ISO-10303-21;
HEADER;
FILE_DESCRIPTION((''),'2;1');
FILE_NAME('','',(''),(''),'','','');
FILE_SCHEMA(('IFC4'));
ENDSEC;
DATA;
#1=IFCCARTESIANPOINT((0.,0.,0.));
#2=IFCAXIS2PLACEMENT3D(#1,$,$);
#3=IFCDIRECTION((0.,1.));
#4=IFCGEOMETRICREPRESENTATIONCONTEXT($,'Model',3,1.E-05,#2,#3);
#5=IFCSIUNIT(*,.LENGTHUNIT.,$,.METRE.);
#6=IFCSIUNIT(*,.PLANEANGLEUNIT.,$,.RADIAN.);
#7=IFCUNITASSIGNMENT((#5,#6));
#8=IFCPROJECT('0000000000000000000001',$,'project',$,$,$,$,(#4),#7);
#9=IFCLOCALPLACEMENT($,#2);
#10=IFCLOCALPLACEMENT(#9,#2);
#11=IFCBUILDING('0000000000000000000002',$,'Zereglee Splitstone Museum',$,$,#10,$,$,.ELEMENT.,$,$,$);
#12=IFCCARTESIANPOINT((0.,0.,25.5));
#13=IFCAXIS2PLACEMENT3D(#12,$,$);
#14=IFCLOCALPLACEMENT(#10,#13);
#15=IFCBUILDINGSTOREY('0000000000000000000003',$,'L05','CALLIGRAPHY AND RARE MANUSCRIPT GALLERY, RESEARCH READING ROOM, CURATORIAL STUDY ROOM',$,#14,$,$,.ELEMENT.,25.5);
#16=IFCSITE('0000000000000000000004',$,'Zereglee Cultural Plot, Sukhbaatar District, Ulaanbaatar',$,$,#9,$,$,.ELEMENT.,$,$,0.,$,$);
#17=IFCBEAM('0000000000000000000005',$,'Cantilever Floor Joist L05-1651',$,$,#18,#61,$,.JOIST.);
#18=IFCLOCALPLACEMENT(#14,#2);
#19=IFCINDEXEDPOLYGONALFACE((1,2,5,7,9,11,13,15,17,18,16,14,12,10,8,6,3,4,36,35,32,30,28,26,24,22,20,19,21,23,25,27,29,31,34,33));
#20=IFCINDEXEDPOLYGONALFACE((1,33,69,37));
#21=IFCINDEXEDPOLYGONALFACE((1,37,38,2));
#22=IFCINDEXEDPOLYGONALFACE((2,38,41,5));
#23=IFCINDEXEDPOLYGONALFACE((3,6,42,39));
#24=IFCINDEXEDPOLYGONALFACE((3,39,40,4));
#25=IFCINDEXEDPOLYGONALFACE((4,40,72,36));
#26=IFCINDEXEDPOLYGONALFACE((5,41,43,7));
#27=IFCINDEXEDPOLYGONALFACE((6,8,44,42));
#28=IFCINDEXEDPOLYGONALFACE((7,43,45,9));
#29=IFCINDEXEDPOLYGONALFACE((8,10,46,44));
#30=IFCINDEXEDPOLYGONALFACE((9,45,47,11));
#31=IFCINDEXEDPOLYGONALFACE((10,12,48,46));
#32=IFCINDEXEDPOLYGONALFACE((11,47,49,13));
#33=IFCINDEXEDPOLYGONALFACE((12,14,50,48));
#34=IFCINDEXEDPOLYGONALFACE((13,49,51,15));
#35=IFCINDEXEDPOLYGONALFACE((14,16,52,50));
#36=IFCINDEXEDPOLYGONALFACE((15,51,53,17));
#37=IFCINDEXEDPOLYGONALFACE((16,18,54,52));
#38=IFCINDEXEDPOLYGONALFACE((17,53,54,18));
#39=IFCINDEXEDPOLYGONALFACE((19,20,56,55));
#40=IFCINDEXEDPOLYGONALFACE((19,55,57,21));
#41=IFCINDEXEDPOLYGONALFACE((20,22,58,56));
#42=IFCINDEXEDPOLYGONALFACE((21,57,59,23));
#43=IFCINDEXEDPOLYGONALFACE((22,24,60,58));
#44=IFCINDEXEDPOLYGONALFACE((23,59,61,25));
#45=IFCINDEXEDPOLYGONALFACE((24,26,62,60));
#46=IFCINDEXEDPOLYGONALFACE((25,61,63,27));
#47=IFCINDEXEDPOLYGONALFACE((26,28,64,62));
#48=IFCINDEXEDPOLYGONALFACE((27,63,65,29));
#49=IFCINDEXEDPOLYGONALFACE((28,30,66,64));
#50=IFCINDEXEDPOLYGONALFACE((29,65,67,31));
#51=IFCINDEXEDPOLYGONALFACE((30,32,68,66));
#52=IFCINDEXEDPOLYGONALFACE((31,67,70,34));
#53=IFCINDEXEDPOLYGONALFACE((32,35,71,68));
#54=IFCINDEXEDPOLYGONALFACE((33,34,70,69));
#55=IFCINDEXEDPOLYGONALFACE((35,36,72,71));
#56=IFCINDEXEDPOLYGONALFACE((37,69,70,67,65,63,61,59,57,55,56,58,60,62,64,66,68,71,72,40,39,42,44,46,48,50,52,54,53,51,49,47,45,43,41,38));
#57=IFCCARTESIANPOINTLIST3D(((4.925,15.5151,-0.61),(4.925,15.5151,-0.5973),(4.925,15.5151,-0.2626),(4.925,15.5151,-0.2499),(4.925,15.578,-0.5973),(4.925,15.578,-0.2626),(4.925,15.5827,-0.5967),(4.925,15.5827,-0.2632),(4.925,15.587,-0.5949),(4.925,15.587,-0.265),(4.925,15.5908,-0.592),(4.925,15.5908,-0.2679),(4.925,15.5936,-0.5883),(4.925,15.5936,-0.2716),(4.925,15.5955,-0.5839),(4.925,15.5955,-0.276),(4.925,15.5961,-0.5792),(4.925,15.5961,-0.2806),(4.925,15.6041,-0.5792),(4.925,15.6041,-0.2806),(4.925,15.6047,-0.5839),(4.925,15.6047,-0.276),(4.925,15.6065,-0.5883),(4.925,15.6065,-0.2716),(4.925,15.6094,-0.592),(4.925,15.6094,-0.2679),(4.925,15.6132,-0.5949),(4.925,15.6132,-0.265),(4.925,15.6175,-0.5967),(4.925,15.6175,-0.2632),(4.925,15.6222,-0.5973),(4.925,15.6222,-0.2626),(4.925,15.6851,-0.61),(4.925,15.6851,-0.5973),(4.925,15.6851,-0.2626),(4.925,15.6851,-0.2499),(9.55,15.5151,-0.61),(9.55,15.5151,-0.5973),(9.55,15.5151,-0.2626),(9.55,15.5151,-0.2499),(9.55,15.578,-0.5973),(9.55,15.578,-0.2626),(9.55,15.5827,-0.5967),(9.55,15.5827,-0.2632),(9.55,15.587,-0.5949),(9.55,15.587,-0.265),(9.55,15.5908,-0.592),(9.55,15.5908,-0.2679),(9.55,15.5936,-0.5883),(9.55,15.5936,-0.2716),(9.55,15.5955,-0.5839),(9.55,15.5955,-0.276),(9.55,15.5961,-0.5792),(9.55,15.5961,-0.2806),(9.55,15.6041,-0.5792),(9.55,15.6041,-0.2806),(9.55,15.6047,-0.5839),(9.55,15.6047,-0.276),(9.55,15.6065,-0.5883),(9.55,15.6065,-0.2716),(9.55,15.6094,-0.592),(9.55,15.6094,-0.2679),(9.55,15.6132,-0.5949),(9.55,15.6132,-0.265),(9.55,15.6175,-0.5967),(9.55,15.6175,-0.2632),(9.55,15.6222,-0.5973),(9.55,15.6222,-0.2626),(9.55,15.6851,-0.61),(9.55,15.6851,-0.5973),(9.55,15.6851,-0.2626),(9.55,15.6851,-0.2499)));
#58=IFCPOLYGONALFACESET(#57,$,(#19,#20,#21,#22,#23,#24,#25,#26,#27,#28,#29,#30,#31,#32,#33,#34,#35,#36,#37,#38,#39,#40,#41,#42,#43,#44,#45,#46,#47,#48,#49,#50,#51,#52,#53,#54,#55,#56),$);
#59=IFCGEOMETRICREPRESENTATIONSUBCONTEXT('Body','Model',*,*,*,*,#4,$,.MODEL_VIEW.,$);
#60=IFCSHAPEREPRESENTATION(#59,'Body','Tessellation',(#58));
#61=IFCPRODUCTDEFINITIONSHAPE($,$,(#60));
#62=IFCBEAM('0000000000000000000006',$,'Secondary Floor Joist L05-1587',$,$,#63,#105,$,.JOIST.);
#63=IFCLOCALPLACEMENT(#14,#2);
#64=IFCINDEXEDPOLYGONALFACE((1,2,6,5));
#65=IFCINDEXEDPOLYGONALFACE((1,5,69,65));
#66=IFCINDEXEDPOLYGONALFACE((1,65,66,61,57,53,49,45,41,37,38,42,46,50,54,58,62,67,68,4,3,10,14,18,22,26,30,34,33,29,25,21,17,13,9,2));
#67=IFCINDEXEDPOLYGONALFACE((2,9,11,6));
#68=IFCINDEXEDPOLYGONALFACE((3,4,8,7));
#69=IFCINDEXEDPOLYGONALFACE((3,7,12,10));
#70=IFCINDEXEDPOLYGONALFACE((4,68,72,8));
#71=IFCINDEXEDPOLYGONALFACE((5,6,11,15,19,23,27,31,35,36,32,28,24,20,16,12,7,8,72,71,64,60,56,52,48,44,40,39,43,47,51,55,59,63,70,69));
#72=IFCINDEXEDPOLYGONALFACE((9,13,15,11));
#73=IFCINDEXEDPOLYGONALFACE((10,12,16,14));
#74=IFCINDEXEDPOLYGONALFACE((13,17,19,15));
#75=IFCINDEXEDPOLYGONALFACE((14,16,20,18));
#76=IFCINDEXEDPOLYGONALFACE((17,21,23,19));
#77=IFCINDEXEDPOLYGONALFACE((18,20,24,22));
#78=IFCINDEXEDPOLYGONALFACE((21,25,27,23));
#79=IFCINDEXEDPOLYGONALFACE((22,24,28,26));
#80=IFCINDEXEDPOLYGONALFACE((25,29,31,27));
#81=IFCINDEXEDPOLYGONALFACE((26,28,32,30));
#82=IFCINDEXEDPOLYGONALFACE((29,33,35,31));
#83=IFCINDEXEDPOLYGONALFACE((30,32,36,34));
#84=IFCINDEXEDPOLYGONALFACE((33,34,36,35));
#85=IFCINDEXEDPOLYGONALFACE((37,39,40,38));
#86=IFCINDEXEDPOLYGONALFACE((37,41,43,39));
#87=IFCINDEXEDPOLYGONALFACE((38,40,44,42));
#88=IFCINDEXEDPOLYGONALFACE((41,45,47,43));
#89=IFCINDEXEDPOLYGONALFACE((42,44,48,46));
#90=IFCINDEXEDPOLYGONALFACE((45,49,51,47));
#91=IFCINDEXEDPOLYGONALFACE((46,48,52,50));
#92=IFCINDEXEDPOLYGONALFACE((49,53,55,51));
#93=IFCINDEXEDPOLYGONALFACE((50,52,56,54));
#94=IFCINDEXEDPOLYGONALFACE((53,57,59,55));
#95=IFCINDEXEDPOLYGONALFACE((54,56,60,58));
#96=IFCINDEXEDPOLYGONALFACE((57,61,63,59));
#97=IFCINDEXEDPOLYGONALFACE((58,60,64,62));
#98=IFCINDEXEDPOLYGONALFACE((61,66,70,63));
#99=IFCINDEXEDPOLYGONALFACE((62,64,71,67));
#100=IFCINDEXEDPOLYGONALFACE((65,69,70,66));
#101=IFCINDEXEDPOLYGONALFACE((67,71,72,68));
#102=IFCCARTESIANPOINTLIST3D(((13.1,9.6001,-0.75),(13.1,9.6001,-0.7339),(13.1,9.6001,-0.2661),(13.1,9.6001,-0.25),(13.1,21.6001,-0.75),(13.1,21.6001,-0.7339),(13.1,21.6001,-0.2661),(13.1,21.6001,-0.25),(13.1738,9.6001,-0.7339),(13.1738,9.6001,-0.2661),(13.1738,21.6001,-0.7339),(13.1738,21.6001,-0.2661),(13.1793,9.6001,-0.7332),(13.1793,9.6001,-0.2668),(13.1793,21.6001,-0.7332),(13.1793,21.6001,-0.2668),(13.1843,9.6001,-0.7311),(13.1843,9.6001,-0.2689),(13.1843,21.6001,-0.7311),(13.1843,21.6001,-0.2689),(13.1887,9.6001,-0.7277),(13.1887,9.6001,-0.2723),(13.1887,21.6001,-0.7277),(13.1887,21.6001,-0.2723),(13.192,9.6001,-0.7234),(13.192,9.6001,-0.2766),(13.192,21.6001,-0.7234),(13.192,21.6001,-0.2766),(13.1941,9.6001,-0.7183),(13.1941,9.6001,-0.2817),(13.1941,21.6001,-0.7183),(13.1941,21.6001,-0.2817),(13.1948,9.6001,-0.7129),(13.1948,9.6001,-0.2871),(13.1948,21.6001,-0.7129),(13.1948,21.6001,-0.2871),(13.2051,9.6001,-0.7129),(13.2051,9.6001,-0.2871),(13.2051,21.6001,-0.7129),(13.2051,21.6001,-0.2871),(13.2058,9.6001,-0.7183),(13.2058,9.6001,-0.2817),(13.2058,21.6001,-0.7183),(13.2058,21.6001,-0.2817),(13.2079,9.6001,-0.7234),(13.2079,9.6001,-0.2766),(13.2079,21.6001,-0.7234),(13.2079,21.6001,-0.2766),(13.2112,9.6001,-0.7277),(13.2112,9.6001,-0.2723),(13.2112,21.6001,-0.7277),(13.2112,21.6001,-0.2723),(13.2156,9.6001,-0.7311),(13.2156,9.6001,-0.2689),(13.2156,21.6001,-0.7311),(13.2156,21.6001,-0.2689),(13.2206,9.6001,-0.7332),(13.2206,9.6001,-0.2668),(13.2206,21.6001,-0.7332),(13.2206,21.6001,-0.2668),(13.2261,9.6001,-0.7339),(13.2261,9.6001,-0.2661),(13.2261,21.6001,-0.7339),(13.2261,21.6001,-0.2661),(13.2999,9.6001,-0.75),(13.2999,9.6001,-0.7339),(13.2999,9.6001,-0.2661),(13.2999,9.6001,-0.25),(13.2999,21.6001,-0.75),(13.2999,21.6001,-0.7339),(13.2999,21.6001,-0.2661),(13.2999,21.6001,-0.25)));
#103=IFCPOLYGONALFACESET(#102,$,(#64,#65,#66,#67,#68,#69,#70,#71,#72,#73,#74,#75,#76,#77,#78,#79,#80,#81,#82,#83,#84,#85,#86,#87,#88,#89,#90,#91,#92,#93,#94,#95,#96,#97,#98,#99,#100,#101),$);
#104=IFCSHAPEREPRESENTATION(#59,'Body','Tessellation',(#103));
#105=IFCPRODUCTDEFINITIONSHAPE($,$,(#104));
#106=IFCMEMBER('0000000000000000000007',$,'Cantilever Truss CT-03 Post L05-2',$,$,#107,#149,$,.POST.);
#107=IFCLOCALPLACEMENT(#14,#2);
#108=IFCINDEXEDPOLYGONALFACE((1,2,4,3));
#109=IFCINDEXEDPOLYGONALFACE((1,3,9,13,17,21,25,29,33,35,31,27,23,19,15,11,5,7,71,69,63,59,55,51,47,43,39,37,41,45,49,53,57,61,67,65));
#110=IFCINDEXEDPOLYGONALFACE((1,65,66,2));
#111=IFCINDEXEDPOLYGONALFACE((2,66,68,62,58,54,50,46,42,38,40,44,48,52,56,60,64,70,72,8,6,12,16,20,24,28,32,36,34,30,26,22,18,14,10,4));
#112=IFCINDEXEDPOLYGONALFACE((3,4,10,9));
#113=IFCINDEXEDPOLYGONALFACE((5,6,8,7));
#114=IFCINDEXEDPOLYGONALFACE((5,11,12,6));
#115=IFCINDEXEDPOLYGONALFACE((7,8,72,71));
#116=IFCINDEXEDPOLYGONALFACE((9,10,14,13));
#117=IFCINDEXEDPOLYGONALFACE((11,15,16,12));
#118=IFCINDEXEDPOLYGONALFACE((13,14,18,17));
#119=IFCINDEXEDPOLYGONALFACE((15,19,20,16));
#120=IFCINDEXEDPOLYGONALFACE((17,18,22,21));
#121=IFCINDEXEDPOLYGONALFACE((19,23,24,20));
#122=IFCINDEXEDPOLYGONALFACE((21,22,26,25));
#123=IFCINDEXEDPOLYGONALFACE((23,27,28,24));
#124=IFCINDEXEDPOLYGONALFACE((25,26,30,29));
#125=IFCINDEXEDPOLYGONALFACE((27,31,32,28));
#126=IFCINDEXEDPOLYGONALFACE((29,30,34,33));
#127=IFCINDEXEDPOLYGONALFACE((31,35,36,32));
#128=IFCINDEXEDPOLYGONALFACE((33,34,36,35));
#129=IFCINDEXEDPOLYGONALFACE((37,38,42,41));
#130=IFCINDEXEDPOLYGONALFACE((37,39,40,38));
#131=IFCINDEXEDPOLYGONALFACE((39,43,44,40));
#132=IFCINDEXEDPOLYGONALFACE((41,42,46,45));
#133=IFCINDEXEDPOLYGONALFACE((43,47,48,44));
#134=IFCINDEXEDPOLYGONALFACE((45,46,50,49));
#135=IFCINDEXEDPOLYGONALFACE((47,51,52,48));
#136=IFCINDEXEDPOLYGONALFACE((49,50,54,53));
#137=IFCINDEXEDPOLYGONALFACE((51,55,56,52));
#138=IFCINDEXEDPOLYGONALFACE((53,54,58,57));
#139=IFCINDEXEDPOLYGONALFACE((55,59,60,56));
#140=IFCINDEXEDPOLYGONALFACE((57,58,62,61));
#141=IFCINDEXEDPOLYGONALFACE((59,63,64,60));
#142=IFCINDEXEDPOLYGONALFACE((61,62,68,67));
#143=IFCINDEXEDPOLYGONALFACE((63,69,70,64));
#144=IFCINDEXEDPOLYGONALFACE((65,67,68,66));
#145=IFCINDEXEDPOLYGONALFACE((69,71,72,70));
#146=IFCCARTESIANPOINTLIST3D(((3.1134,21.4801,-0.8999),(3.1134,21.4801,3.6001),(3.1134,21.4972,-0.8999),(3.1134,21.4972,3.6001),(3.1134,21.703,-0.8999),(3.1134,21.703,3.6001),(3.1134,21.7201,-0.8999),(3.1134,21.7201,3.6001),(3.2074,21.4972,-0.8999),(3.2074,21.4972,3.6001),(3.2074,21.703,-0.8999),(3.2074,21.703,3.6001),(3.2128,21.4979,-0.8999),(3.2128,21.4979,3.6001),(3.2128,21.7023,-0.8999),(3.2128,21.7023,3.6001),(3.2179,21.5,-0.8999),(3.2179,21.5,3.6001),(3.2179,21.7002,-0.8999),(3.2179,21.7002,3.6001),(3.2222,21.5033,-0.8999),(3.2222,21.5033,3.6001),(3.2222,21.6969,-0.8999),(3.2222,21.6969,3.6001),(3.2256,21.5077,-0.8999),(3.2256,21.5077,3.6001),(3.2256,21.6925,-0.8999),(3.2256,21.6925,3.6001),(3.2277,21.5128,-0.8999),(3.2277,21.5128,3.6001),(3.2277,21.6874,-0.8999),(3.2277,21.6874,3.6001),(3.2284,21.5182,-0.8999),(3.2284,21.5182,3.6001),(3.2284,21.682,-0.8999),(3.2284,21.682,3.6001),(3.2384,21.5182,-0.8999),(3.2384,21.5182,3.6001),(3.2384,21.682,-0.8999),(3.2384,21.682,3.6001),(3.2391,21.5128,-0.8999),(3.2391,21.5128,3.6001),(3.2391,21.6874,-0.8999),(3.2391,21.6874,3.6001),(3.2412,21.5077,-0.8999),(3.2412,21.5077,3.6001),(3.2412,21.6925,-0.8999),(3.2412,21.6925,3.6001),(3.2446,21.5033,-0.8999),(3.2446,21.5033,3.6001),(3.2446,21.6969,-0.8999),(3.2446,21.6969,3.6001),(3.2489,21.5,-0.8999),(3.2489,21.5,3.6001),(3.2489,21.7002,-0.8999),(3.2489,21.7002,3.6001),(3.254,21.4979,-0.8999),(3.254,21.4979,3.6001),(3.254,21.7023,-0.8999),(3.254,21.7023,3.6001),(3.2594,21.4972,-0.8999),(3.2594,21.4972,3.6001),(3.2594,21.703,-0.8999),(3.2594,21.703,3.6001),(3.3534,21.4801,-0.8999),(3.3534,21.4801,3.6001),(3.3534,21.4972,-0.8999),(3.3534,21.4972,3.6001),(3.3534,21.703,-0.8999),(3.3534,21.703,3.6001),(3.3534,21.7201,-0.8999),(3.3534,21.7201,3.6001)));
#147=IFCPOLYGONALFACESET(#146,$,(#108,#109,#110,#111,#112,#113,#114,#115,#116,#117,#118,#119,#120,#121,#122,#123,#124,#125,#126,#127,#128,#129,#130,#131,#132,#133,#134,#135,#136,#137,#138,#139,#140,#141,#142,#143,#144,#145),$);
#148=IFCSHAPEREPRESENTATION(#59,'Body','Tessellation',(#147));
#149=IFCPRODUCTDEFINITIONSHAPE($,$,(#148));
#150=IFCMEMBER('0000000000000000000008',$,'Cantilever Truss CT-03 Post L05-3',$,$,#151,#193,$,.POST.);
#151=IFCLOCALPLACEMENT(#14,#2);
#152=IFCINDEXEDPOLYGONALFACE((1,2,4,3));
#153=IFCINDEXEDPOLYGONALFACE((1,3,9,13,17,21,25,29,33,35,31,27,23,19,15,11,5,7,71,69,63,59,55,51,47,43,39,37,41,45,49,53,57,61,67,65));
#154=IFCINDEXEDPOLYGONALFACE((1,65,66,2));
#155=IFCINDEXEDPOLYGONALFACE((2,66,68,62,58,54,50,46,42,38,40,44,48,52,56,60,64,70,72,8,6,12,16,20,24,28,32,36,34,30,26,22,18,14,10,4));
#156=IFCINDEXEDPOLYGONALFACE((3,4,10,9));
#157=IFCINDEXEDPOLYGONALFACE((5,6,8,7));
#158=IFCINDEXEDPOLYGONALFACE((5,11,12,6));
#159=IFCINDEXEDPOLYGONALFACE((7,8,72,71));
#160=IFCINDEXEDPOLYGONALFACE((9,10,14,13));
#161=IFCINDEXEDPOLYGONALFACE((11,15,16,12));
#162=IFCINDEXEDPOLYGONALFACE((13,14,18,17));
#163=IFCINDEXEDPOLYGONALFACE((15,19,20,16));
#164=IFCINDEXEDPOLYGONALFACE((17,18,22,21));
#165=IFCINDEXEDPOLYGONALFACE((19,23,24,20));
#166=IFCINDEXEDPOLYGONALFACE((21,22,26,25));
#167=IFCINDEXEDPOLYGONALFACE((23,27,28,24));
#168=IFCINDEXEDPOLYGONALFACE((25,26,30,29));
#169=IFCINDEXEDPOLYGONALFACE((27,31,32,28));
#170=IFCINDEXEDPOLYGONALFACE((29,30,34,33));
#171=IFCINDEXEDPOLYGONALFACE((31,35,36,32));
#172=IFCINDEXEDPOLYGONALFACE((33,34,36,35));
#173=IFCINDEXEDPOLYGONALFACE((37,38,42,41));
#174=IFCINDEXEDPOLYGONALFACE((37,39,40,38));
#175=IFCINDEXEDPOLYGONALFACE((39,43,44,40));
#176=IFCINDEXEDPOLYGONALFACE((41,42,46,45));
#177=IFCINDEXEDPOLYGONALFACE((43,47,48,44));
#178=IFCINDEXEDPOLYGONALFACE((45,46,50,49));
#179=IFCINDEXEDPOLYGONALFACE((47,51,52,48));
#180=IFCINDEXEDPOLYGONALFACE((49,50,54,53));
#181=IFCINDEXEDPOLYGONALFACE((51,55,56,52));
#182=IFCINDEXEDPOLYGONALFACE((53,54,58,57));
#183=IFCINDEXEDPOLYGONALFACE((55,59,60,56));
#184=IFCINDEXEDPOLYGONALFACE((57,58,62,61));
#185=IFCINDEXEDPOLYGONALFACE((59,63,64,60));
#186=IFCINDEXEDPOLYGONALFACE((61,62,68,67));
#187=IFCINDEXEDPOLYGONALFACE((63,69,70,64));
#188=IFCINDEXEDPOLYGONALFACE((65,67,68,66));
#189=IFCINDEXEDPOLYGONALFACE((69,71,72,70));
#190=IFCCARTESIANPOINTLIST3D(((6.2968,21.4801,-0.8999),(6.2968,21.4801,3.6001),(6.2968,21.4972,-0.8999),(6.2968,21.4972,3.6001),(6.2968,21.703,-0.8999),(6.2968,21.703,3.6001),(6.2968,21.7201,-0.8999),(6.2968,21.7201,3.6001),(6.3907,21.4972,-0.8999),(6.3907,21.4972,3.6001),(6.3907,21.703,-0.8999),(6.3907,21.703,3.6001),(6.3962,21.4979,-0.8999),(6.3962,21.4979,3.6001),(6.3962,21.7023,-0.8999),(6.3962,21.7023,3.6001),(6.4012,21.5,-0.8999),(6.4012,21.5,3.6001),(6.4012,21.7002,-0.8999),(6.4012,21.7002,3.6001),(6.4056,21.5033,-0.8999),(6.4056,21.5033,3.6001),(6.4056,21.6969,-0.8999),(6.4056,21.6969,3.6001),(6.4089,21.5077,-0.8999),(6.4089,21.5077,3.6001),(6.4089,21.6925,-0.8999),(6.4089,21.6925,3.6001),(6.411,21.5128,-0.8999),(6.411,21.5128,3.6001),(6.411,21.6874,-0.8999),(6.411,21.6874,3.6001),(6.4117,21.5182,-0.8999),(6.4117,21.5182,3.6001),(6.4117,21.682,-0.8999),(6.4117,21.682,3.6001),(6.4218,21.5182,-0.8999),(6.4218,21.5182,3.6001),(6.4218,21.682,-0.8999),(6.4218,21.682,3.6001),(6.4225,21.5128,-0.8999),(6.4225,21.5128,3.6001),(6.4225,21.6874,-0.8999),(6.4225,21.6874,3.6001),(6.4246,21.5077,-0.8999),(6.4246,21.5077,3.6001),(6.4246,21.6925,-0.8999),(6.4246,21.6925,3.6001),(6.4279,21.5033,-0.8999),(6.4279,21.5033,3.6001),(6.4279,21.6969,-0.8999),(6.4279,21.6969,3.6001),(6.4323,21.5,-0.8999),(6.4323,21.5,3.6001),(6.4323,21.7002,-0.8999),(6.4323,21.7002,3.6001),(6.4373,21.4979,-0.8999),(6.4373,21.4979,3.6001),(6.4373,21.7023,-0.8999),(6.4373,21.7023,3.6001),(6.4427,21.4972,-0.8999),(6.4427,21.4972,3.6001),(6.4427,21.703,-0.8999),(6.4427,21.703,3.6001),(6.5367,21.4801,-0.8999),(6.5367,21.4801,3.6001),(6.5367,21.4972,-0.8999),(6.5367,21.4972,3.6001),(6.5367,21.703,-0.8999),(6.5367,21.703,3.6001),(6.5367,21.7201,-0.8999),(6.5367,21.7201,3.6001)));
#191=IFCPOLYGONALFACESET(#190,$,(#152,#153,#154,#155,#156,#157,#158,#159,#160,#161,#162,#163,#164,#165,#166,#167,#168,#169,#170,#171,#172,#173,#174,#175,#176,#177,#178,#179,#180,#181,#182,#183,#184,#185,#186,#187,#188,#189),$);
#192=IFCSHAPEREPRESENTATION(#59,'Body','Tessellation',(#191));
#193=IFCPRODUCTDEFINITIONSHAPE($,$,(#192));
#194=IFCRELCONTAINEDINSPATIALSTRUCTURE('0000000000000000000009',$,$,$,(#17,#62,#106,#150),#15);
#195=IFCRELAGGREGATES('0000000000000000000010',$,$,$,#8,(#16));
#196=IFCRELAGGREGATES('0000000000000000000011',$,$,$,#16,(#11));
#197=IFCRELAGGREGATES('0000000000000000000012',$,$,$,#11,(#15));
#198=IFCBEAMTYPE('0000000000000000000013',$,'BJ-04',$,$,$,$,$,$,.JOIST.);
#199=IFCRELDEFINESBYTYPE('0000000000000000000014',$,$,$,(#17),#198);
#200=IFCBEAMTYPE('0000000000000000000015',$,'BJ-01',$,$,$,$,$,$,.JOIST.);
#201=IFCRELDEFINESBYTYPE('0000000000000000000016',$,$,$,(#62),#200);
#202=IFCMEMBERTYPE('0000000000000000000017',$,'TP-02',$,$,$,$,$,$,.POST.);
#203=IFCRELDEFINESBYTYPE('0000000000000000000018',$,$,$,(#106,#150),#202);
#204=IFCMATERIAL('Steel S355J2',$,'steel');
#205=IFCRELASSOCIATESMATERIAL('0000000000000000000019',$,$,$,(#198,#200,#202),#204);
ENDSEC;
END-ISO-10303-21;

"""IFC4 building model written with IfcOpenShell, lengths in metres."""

from ifc_helpers import new_model, si_unit, direction, frame, origin, origin_2d, place, context, subcontext, project, spatial, i_section, extrude, material, material_profile, profile_set, type_object, element, save


model = new_model("IFC4")

# Units and contexts
model_context = context("Model", 3, precision=1e-05, world=origin(), true_north=direction((0.0, 1.0)))
body_context = subcontext(model_context, "Body", "Model", "MODEL_VIEW")
ifc_project = project(units=[si_unit("LENGTHUNIT", "METRE"), si_unit("PLANEANGLEUNIT", "RADIAN")], contexts=[model_context])

# Site, building, storey
site_placement = place(None, origin())
site = spatial("IfcSite", under=ifc_project, at=site_placement, Name="Zereglee Cultural Plot, Sukhbaatar District, Ulaanbaatar", CompositionType="ELEMENT", RefElevation=0.0)
building_placement = place(site_placement, origin())
building = spatial("IfcBuilding", under=site, at=building_placement, Name="Zereglee Splitstone Museum", CompositionType="ELEMENT")
storey_placement = place(building_placement, frame((0.0, 0.0, 25.5)))
storey = spatial("IfcBuildingStorey", under=building, at=storey_placement, Name="L05", Description="CALLIGRAPHY AND RARE MANUSCRIPT GALLERY, RESEARCH READING ROOM, CURATORIAL STUDY ROOM", CompositionType="ELEMENT", Elevation=25.5)

# Beams
ifc_material_1 = material(Name="Steel S355J2", Category="steel")
ifc_material_profile_1 = material_profile(ifc_material_1, i_section(OverallWidth=0.1699, OverallDepth=0.3601, WebThickness=0.0081, FlangeThickness=0.0127, FilletRadius=0.0181, at=origin_2d()), Name="IPE 360")
ifc_profile_set_1 = profile_set([ifc_material_profile_1], Name="Steel S355J2")
beam_type_1 = type_object("IfcBeamType", Name="BJ-04", PredefinedType="JOIST", material=ifc_profile_set_1)
beam_1_placement = place(storey_placement, frame((4.925, 15.6001, -0.4299), z_axis=(1.0, 0.0, 0.0), x_axis=(0.0, 1.0, 0.0)))
element("IfcBeam", 1, at=beam_1_placement, inside=storey, type_object=beam_type_1, Name="Cantilever Floor Joist L05-1651", PredefinedType="JOIST", context=body_context, shape_type="SweptSolid", body=[
    extrude(i_section(OverallWidth=0.1699, OverallDepth=0.3601, WebThickness=0.0081, FlangeThickness=0.0127, FilletRadius=0.0181, at=origin_2d()), origin(), (0.0, 0.0, 1.0), 4.625),
])
ifc_material_profile_2 = material_profile(ifc_material_1, i_section(OverallWidth=0.2, OverallDepth=0.5, WebThickness=0.0103, FlangeThickness=0.0161, FilletRadius=0.021, at=origin_2d()), Name="IPE 500")
ifc_profile_set_2 = profile_set([ifc_material_profile_2], Name="Steel S355J2")
beam_type_2 = type_object("IfcBeamType", Name="BJ-01", PredefinedType="JOIST", material=ifc_profile_set_2)
beam_2_placement = place(storey_placement, frame((13.2, 9.6001, -0.5), z_axis=(0.0, 1.0, 0.0), x_axis=(-1.0, 0.0, 0.0)))
element("IfcBeam", 2, at=beam_2_placement, inside=storey, type_object=beam_type_2, Name="Secondary Floor Joist L05-1587", PredefinedType="JOIST", context=body_context, shape_type="SweptSolid", body=[
    extrude(i_section(OverallWidth=0.2, OverallDepth=0.5, WebThickness=0.0103, FlangeThickness=0.0161, FilletRadius=0.021, at=origin_2d()), origin(), (0.0, 0.0, 1.0), 12.0),
])

# Members
ifc_material_profile_3 = material_profile(ifc_material_1, i_section(OverallWidth=0.24, OverallDepth=0.24, WebThickness=0.01, FlangeThickness=0.0171, FilletRadius=0.021, at=origin_2d()), Name="HE 240 B")
ifc_profile_set_3 = profile_set([ifc_material_profile_3], Name="Steel S355J2")
member_type_1 = type_object("IfcMemberType", Name="TP-02", PredefinedType="POST", material=ifc_profile_set_3)
for number, where, z_axis, x_axis, name in (
    (3, (3.2334, 21.6001, -0.8999), (0.0, 0.0, 1.0), (1.0, 0.0, 0.0), "Cantilever Truss CT-03 Post L05-2"),
    (4, (6.4167, 21.6001, -0.8999), (0.0, 0.0, 1.0), (1.0, 0.0, 0.0), "Cantilever Truss CT-03 Post L05-3"),
):
    element("IfcMember", number, at=place(storey_placement, frame(where, z_axis=z_axis, x_axis=x_axis)), inside=storey, type_object=member_type_1, Name=name, PredefinedType="POST", context=body_context, shape_type="SweptSolid", body=[
        extrude(i_section(OverallWidth=0.24, OverallDepth=0.24, WebThickness=0.01, FlangeThickness=0.0171, FilletRadius=0.021, at=origin_2d()), origin(), (0.0, 0.0, 1.0), 4.5),
    ])

save(model, "model.ifc")
